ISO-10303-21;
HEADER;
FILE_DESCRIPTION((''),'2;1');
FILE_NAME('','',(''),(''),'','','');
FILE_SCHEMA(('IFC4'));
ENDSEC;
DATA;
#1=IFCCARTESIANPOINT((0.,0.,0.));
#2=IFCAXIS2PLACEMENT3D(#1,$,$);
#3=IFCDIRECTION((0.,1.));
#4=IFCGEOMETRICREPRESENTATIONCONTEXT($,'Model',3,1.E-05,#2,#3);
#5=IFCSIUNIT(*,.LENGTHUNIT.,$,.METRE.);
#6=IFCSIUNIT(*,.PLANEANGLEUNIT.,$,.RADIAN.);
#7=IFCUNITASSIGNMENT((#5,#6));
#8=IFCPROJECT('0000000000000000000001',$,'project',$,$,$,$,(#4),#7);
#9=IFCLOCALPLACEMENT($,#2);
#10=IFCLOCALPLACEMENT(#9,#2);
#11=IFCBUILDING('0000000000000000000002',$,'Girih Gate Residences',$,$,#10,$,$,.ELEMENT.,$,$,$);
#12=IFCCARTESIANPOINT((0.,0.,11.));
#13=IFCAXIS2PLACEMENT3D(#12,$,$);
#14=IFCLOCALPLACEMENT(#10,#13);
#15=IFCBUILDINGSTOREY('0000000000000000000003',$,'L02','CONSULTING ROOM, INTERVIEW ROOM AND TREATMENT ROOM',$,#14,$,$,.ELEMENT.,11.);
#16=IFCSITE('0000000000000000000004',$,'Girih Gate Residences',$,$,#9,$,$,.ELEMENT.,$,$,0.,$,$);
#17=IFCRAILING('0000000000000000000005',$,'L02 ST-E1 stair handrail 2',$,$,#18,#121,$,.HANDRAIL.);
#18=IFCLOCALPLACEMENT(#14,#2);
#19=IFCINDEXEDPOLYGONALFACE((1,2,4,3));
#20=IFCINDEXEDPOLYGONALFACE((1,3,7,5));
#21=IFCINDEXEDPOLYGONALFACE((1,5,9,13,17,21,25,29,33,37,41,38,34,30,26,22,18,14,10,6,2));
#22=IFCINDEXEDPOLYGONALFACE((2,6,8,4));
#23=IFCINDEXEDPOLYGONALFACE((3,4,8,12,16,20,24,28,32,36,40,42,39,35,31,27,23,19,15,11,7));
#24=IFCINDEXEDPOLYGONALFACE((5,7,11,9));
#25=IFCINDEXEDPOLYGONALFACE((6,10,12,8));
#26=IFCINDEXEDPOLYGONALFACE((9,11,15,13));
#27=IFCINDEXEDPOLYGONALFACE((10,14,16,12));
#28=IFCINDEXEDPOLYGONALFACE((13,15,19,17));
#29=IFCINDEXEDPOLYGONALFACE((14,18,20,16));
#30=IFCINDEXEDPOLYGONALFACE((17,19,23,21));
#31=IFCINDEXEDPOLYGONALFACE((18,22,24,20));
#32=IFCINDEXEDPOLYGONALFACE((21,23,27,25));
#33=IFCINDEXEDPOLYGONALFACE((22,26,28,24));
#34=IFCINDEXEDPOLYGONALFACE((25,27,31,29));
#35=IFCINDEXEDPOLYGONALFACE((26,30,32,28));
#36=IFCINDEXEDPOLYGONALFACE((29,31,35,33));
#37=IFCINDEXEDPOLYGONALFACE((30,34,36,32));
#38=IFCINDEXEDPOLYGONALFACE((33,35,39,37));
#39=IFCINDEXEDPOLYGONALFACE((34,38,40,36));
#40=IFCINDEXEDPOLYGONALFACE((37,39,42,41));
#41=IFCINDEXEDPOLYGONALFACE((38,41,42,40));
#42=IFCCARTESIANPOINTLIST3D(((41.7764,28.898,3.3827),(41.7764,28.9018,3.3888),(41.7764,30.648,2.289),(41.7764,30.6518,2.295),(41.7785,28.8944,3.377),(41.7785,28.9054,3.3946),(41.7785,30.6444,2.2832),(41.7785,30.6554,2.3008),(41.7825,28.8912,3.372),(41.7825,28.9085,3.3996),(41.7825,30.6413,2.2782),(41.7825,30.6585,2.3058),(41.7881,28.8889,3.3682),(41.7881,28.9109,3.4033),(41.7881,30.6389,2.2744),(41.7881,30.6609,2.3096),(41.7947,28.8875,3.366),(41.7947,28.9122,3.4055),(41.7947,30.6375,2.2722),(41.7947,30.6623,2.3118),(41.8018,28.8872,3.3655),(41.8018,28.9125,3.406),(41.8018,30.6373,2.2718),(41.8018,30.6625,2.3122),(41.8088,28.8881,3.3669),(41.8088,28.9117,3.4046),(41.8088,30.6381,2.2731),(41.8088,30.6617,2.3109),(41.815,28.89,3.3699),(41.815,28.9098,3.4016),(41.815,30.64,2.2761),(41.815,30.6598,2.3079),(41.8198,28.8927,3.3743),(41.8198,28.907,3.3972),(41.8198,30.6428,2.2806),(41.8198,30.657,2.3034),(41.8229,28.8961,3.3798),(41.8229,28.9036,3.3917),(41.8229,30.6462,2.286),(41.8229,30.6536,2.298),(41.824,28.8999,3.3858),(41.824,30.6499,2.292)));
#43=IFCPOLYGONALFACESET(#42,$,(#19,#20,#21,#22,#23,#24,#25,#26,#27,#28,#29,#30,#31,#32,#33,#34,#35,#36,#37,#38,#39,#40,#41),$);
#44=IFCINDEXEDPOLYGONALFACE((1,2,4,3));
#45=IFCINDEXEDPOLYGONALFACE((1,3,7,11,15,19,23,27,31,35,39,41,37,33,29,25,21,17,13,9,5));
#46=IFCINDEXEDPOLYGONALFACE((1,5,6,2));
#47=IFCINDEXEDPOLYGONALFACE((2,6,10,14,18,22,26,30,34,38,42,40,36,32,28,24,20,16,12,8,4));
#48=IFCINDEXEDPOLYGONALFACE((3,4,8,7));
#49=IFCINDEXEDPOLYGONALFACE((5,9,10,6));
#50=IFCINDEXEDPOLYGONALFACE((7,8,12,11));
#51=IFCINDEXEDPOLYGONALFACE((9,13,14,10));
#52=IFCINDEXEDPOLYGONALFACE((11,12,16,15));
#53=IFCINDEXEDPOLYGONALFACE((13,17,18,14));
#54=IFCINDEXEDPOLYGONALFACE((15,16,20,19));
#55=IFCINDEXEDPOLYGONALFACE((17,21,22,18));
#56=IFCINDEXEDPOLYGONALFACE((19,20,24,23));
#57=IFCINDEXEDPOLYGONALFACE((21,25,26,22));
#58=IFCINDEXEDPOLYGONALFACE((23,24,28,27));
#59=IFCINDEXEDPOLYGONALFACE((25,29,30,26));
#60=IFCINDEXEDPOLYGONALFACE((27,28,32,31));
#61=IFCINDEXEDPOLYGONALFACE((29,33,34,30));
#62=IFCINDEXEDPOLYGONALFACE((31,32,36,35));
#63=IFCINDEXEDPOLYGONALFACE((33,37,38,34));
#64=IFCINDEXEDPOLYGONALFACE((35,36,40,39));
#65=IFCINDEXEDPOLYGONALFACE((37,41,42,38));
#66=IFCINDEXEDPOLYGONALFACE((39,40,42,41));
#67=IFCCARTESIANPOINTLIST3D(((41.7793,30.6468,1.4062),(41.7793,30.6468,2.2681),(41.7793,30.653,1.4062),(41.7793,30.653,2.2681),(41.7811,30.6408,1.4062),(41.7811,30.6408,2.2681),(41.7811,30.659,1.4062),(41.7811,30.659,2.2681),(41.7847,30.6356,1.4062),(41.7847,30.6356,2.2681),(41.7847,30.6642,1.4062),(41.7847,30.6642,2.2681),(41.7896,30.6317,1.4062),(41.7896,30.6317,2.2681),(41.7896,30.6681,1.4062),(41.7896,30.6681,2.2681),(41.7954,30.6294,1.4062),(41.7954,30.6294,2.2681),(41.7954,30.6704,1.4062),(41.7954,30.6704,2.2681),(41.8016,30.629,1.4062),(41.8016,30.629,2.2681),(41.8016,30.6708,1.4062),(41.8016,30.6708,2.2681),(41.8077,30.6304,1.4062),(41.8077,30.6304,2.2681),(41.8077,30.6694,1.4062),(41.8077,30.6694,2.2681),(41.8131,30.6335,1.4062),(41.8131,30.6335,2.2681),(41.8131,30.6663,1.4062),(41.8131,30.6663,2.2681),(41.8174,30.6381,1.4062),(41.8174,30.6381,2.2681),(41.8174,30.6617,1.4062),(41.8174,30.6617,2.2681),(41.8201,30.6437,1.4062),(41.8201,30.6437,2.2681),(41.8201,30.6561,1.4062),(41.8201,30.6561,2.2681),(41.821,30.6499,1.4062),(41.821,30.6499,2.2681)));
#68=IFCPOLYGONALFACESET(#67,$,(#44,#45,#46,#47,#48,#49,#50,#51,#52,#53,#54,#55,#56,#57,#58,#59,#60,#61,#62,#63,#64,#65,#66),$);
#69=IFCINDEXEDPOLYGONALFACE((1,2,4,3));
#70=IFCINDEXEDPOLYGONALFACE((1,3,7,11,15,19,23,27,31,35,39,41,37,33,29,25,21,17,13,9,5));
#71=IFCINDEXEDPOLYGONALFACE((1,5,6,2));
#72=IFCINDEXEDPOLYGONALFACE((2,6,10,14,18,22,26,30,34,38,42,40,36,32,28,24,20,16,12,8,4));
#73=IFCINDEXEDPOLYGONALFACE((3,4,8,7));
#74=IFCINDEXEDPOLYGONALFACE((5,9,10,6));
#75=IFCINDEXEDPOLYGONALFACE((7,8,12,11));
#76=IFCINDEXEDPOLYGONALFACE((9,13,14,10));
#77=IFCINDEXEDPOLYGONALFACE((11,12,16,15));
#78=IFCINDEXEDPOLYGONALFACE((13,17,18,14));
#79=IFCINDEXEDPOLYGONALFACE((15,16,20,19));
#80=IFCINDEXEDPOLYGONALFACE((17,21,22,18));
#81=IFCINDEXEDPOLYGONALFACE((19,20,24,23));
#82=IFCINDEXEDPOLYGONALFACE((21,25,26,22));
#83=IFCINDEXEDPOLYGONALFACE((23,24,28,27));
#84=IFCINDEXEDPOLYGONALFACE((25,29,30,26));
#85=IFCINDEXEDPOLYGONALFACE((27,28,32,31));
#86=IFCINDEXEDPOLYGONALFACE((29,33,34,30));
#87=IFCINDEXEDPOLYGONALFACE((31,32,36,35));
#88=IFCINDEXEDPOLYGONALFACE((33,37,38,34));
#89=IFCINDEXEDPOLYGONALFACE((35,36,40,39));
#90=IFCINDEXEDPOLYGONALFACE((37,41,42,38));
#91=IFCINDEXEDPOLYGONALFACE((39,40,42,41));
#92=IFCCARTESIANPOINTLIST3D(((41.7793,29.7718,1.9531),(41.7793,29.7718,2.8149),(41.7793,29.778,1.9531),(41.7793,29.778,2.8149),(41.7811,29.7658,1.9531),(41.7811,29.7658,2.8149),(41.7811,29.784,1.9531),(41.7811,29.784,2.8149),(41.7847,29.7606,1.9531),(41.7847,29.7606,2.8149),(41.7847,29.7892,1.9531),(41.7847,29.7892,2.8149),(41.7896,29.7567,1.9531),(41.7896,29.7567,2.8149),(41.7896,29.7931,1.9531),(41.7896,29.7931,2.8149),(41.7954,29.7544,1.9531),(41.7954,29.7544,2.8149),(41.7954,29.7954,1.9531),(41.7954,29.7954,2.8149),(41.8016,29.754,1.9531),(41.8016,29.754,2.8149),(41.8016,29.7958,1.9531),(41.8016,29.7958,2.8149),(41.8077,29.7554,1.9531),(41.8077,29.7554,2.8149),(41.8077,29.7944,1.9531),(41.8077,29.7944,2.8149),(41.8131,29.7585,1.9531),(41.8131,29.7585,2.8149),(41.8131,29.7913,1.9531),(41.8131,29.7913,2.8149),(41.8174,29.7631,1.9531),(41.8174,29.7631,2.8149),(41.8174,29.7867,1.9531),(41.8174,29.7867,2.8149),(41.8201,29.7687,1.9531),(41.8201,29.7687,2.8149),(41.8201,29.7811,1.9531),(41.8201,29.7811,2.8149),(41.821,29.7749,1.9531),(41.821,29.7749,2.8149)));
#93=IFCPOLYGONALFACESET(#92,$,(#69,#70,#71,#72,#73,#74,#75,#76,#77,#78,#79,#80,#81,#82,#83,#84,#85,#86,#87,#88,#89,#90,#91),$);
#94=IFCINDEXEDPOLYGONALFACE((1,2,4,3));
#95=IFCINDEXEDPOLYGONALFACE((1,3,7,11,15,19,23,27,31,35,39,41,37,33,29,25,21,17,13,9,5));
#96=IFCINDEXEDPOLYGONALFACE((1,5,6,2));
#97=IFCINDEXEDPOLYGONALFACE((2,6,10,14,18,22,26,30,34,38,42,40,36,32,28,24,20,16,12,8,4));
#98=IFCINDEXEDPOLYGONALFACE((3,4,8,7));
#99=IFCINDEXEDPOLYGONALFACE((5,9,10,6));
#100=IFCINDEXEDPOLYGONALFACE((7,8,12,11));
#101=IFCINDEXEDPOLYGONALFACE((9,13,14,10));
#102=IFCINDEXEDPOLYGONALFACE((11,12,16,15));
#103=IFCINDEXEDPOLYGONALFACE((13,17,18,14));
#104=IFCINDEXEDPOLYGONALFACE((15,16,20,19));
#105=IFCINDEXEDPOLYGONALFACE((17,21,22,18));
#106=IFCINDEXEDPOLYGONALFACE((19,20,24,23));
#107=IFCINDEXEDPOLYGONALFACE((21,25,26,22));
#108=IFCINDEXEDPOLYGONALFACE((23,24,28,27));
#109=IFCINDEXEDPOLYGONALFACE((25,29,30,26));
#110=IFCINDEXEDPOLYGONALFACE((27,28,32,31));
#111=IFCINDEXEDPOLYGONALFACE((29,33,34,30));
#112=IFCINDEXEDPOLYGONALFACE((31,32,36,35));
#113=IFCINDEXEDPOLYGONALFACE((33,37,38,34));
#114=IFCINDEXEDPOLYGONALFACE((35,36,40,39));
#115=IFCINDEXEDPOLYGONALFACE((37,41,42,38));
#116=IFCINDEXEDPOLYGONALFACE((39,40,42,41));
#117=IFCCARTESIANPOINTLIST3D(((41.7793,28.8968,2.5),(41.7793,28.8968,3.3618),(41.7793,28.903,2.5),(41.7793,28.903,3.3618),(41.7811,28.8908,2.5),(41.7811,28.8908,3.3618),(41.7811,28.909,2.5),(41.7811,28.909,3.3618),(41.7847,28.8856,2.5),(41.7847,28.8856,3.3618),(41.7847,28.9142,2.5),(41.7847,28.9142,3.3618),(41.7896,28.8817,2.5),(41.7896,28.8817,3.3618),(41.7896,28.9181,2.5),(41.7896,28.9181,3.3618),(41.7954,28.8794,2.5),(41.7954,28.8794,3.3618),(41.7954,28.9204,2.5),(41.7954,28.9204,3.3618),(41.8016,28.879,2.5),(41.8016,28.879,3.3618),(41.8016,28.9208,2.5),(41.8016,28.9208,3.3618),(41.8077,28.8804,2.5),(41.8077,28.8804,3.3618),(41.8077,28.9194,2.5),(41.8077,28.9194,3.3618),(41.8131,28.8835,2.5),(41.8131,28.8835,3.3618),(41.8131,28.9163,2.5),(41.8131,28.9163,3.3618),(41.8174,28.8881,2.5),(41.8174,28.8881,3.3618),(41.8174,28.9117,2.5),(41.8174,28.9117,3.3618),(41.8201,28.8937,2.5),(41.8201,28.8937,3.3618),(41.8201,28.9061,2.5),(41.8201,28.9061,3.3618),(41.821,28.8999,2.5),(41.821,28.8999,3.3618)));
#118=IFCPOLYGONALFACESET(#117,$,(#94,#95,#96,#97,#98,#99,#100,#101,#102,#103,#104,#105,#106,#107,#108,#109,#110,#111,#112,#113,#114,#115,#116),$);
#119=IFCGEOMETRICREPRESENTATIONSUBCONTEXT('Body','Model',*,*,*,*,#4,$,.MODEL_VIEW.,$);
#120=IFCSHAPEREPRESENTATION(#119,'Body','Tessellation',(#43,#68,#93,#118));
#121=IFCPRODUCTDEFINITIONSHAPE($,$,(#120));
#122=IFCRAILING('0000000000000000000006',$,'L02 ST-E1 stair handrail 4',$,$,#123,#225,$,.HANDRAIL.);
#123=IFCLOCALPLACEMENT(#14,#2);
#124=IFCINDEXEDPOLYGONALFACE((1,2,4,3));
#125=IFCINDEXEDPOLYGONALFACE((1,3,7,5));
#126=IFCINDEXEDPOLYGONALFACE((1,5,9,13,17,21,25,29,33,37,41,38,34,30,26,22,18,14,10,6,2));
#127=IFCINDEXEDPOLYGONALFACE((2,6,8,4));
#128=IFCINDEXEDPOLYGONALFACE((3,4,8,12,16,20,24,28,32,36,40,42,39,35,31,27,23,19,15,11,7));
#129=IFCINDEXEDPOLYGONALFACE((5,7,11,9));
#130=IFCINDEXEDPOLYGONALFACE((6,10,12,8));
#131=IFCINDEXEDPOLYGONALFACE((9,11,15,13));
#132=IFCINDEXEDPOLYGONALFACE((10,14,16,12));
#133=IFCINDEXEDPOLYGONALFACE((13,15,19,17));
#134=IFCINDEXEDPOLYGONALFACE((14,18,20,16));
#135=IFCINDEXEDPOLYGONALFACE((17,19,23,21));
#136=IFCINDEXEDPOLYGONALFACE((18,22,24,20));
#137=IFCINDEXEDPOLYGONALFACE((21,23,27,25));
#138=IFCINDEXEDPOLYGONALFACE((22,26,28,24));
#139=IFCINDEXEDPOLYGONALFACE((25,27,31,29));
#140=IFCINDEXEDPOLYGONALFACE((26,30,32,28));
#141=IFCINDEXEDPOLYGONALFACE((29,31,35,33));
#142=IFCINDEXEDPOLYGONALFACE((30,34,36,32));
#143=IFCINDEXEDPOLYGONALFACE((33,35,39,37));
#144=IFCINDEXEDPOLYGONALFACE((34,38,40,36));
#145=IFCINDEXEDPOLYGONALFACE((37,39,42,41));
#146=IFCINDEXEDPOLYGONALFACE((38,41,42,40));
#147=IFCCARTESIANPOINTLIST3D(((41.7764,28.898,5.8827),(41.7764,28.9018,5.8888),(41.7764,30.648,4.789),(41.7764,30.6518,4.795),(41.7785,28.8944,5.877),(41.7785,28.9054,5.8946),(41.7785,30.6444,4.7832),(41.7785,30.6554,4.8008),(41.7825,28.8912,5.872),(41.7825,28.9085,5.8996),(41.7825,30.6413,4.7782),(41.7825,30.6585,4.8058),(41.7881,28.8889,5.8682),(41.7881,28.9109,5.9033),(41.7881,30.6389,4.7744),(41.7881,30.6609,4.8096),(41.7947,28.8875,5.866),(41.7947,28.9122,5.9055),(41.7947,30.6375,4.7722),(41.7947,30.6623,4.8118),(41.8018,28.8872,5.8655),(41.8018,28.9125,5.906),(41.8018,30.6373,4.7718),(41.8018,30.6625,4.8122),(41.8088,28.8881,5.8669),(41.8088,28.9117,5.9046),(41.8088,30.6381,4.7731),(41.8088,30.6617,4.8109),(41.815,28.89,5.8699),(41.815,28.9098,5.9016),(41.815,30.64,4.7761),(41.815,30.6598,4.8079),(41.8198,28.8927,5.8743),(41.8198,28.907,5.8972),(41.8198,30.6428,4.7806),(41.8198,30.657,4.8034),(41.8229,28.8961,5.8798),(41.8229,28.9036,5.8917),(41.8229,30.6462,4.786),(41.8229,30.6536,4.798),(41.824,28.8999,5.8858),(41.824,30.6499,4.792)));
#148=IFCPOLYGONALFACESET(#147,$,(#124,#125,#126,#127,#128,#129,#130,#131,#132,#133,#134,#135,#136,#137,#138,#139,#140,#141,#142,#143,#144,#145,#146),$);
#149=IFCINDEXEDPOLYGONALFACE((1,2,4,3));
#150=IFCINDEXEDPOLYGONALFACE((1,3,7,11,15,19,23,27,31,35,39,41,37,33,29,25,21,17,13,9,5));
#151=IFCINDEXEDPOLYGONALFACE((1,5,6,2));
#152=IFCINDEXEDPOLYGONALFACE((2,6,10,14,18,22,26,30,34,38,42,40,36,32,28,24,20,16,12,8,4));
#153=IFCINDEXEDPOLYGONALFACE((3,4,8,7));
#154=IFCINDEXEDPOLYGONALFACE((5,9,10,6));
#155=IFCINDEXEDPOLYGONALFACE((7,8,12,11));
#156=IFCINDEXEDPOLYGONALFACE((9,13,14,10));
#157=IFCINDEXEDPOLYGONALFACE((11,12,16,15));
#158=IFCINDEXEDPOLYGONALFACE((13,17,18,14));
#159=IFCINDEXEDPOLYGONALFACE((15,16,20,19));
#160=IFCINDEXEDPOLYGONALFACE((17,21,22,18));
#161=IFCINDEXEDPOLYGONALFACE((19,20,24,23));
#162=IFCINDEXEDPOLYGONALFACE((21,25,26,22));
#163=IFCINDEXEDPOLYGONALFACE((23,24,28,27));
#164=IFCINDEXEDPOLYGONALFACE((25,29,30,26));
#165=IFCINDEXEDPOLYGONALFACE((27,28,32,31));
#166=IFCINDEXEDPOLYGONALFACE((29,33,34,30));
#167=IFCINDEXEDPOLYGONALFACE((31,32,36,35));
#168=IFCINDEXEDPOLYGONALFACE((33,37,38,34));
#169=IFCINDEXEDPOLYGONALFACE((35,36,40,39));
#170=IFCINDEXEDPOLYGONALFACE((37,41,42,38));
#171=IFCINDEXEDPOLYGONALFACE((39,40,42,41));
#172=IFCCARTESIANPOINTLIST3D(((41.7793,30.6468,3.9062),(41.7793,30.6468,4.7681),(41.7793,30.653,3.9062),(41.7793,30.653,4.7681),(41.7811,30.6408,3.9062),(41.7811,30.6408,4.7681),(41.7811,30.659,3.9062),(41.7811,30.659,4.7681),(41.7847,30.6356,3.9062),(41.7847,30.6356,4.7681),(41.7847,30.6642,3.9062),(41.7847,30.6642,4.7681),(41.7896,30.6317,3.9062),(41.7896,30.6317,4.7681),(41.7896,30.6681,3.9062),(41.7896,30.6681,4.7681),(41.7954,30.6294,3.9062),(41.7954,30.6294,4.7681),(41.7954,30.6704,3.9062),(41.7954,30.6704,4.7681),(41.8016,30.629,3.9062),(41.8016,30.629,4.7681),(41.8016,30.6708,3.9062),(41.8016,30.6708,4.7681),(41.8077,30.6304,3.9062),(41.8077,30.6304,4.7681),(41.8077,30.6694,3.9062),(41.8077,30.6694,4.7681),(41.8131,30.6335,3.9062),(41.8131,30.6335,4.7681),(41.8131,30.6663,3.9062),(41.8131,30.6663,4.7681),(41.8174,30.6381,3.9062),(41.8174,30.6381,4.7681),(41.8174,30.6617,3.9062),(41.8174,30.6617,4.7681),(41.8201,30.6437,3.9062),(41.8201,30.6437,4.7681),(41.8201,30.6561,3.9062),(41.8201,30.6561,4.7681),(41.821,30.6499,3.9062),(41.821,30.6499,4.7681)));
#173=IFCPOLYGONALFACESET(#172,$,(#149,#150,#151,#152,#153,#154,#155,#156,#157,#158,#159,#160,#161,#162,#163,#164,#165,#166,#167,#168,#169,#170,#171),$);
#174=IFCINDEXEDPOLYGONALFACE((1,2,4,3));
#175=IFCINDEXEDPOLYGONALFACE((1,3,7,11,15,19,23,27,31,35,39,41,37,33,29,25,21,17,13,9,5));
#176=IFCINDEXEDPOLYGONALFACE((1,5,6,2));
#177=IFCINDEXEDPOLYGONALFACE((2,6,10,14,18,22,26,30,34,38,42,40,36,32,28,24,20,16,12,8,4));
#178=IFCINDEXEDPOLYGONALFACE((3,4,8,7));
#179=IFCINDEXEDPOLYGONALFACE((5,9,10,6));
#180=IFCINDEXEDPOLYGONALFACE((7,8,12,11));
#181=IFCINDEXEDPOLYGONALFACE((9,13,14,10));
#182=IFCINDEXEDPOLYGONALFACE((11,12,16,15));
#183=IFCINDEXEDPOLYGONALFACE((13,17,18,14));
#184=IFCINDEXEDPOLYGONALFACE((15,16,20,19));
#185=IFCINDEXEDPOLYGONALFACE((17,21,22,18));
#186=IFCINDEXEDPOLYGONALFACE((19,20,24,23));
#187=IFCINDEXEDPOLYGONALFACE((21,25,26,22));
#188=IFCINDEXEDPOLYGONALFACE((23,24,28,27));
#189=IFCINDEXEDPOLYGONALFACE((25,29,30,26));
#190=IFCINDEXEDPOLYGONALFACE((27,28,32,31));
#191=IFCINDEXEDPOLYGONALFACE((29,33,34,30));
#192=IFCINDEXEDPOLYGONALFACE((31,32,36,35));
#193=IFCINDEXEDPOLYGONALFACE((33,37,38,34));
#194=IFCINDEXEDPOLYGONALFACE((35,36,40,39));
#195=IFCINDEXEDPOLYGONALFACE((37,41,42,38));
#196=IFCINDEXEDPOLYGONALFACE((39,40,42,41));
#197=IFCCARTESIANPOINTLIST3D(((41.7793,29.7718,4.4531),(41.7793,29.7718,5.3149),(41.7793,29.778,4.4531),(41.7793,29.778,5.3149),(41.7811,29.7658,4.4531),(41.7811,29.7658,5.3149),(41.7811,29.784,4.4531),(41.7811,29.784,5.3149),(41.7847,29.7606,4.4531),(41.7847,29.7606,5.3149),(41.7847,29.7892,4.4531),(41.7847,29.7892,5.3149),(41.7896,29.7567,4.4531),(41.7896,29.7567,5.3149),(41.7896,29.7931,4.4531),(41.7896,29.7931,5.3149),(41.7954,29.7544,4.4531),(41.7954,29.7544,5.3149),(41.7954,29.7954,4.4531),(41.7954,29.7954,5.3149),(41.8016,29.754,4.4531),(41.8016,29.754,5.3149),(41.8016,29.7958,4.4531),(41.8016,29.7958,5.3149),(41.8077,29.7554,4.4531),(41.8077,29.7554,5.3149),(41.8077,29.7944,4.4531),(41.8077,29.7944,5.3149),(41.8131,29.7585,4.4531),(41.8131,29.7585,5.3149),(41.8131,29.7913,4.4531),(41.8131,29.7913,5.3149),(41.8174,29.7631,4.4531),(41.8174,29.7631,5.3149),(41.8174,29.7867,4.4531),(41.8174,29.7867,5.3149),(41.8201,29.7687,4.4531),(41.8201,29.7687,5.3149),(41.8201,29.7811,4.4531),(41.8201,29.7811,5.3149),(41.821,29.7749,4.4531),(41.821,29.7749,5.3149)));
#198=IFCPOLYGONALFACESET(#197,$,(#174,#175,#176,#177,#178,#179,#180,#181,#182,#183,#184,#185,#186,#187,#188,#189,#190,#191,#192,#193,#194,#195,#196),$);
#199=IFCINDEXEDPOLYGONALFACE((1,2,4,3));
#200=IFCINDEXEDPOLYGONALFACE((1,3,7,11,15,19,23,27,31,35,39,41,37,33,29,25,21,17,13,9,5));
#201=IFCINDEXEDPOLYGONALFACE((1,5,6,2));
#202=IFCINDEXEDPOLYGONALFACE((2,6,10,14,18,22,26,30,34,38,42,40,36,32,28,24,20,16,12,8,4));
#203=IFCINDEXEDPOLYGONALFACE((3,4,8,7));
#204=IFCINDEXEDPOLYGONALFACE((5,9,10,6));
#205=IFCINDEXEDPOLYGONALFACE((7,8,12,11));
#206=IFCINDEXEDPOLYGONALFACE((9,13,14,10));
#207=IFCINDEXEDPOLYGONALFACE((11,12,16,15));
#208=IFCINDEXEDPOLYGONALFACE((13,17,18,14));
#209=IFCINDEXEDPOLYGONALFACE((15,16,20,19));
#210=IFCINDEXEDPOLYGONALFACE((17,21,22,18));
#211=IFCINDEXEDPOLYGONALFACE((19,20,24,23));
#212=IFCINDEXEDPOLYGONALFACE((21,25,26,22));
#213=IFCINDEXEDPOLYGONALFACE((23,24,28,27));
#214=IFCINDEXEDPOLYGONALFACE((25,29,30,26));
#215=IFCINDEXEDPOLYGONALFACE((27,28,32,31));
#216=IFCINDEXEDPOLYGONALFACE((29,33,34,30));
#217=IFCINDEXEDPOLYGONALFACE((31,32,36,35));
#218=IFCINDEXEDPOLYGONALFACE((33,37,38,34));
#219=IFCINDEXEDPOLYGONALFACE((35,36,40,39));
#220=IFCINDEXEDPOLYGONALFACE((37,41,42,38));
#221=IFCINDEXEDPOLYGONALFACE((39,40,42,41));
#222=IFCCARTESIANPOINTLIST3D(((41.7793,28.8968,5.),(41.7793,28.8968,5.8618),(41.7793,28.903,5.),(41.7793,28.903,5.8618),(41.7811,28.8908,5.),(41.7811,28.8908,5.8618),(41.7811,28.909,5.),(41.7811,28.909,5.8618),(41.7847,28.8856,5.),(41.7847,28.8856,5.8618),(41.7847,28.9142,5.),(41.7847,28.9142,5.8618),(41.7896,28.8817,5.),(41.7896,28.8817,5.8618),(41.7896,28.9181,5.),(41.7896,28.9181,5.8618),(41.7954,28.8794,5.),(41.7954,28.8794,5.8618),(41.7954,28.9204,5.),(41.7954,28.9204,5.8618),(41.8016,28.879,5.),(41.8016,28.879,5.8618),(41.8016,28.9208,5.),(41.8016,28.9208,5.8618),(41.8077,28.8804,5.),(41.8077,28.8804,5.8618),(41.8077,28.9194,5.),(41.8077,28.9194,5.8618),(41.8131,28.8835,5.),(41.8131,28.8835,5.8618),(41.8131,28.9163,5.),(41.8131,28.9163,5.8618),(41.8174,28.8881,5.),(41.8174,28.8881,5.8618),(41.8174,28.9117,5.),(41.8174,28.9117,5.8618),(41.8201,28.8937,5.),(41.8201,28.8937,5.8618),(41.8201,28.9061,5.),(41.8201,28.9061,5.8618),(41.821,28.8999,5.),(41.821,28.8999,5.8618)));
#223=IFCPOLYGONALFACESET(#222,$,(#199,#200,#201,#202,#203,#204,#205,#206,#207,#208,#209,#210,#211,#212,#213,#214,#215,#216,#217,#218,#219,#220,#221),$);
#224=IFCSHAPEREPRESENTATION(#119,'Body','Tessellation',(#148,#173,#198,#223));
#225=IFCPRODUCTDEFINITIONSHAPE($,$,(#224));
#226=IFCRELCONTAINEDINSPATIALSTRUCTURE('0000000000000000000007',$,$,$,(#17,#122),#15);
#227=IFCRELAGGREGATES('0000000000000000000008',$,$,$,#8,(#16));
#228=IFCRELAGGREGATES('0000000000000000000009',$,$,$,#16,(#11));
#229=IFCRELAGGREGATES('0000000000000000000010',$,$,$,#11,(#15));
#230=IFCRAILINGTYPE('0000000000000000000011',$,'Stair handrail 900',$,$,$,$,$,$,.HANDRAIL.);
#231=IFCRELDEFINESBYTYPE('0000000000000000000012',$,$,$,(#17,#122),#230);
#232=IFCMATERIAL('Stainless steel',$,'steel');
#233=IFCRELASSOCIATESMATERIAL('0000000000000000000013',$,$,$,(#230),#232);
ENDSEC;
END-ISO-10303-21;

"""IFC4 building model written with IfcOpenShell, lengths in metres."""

from ifc_helpers import new_model, si_unit, direction, frame, origin, origin_2d, place, context, subcontext, project, spatial, circle, extrude, material, type_object, element, save


model = new_model("IFC4")

# Units and contexts
model_context = context("Model", 3, precision=1e-05, world=origin(), true_north=direction((0.0, 1.0)))
body_context = subcontext(model_context, "Body", "Model", "MODEL_VIEW")
ifc_project = project(units=[si_unit("LENGTHUNIT", "METRE"), si_unit("PLANEANGLEUNIT", "RADIAN")], contexts=[model_context])

# Site, building, storey
site_placement = place(None, origin())
site = spatial("IfcSite", under=ifc_project, at=site_placement, Name="Girih Gate Residences", CompositionType="ELEMENT", RefElevation=0.0)
building_placement = place(site_placement, origin())
building = spatial("IfcBuilding", under=site, at=building_placement, Name="Girih Gate Residences", CompositionType="ELEMENT")
storey_placement = place(building_placement, frame((0.0, 0.0, 11.0)))
storey = spatial("IfcBuildingStorey", under=building, at=storey_placement, Name="L02", Description="CONSULTING ROOM, INTERVIEW ROOM AND TREATMENT ROOM", CompositionType="ELEMENT", Elevation=11.0)

# Railings
ifc_material_1 = material(Name="Stainless steel", Category="steel")
railing_type_1 = type_object("IfcRailingType", Name="Stair handrail 900", PredefinedType="HANDRAIL", material=ifc_material_1)
for number, where, name in (
    (1, (41.8, 30.6499, 1.4062), "L02 ST-E1 stair handrail 2"),
    (2, (41.8, 30.6499, 3.9062), "L02 ST-E1 stair handrail 4"),
):
    element("IfcRailing", number, at=place(storey_placement, frame(where)), inside=storey, type_object=railing_type_1, Name=name, PredefinedType="HANDRAIL", context=body_context, shape_type="SweptSolid", body=[
        extrude(circle(Radius=0.0239, at=origin_2d()), frame((0.0, 0.0, 0.8857), z_axis=(0.0, -0.847998, 0.529999), x_axis=(1.0, 0.0, 0.0)), (0.0, 0.0, 1.0), 2.0637),
        extrude(circle(Radius=0.021, at=origin_2d()), origin(), (0.0, 0.0, 1.0), 0.8618),
        extrude(circle(Radius=0.021, at=origin_2d()), frame((0.0, -0.875, 0.5469)), (0.0, 0.0, 1.0), 0.8618),
        extrude(circle(Radius=0.021, at=origin_2d()), frame((0.0, -1.75, 1.0938)), (0.0, 0.0, 1.0), 0.8618),
    ])

save(model, "model.ifc")
